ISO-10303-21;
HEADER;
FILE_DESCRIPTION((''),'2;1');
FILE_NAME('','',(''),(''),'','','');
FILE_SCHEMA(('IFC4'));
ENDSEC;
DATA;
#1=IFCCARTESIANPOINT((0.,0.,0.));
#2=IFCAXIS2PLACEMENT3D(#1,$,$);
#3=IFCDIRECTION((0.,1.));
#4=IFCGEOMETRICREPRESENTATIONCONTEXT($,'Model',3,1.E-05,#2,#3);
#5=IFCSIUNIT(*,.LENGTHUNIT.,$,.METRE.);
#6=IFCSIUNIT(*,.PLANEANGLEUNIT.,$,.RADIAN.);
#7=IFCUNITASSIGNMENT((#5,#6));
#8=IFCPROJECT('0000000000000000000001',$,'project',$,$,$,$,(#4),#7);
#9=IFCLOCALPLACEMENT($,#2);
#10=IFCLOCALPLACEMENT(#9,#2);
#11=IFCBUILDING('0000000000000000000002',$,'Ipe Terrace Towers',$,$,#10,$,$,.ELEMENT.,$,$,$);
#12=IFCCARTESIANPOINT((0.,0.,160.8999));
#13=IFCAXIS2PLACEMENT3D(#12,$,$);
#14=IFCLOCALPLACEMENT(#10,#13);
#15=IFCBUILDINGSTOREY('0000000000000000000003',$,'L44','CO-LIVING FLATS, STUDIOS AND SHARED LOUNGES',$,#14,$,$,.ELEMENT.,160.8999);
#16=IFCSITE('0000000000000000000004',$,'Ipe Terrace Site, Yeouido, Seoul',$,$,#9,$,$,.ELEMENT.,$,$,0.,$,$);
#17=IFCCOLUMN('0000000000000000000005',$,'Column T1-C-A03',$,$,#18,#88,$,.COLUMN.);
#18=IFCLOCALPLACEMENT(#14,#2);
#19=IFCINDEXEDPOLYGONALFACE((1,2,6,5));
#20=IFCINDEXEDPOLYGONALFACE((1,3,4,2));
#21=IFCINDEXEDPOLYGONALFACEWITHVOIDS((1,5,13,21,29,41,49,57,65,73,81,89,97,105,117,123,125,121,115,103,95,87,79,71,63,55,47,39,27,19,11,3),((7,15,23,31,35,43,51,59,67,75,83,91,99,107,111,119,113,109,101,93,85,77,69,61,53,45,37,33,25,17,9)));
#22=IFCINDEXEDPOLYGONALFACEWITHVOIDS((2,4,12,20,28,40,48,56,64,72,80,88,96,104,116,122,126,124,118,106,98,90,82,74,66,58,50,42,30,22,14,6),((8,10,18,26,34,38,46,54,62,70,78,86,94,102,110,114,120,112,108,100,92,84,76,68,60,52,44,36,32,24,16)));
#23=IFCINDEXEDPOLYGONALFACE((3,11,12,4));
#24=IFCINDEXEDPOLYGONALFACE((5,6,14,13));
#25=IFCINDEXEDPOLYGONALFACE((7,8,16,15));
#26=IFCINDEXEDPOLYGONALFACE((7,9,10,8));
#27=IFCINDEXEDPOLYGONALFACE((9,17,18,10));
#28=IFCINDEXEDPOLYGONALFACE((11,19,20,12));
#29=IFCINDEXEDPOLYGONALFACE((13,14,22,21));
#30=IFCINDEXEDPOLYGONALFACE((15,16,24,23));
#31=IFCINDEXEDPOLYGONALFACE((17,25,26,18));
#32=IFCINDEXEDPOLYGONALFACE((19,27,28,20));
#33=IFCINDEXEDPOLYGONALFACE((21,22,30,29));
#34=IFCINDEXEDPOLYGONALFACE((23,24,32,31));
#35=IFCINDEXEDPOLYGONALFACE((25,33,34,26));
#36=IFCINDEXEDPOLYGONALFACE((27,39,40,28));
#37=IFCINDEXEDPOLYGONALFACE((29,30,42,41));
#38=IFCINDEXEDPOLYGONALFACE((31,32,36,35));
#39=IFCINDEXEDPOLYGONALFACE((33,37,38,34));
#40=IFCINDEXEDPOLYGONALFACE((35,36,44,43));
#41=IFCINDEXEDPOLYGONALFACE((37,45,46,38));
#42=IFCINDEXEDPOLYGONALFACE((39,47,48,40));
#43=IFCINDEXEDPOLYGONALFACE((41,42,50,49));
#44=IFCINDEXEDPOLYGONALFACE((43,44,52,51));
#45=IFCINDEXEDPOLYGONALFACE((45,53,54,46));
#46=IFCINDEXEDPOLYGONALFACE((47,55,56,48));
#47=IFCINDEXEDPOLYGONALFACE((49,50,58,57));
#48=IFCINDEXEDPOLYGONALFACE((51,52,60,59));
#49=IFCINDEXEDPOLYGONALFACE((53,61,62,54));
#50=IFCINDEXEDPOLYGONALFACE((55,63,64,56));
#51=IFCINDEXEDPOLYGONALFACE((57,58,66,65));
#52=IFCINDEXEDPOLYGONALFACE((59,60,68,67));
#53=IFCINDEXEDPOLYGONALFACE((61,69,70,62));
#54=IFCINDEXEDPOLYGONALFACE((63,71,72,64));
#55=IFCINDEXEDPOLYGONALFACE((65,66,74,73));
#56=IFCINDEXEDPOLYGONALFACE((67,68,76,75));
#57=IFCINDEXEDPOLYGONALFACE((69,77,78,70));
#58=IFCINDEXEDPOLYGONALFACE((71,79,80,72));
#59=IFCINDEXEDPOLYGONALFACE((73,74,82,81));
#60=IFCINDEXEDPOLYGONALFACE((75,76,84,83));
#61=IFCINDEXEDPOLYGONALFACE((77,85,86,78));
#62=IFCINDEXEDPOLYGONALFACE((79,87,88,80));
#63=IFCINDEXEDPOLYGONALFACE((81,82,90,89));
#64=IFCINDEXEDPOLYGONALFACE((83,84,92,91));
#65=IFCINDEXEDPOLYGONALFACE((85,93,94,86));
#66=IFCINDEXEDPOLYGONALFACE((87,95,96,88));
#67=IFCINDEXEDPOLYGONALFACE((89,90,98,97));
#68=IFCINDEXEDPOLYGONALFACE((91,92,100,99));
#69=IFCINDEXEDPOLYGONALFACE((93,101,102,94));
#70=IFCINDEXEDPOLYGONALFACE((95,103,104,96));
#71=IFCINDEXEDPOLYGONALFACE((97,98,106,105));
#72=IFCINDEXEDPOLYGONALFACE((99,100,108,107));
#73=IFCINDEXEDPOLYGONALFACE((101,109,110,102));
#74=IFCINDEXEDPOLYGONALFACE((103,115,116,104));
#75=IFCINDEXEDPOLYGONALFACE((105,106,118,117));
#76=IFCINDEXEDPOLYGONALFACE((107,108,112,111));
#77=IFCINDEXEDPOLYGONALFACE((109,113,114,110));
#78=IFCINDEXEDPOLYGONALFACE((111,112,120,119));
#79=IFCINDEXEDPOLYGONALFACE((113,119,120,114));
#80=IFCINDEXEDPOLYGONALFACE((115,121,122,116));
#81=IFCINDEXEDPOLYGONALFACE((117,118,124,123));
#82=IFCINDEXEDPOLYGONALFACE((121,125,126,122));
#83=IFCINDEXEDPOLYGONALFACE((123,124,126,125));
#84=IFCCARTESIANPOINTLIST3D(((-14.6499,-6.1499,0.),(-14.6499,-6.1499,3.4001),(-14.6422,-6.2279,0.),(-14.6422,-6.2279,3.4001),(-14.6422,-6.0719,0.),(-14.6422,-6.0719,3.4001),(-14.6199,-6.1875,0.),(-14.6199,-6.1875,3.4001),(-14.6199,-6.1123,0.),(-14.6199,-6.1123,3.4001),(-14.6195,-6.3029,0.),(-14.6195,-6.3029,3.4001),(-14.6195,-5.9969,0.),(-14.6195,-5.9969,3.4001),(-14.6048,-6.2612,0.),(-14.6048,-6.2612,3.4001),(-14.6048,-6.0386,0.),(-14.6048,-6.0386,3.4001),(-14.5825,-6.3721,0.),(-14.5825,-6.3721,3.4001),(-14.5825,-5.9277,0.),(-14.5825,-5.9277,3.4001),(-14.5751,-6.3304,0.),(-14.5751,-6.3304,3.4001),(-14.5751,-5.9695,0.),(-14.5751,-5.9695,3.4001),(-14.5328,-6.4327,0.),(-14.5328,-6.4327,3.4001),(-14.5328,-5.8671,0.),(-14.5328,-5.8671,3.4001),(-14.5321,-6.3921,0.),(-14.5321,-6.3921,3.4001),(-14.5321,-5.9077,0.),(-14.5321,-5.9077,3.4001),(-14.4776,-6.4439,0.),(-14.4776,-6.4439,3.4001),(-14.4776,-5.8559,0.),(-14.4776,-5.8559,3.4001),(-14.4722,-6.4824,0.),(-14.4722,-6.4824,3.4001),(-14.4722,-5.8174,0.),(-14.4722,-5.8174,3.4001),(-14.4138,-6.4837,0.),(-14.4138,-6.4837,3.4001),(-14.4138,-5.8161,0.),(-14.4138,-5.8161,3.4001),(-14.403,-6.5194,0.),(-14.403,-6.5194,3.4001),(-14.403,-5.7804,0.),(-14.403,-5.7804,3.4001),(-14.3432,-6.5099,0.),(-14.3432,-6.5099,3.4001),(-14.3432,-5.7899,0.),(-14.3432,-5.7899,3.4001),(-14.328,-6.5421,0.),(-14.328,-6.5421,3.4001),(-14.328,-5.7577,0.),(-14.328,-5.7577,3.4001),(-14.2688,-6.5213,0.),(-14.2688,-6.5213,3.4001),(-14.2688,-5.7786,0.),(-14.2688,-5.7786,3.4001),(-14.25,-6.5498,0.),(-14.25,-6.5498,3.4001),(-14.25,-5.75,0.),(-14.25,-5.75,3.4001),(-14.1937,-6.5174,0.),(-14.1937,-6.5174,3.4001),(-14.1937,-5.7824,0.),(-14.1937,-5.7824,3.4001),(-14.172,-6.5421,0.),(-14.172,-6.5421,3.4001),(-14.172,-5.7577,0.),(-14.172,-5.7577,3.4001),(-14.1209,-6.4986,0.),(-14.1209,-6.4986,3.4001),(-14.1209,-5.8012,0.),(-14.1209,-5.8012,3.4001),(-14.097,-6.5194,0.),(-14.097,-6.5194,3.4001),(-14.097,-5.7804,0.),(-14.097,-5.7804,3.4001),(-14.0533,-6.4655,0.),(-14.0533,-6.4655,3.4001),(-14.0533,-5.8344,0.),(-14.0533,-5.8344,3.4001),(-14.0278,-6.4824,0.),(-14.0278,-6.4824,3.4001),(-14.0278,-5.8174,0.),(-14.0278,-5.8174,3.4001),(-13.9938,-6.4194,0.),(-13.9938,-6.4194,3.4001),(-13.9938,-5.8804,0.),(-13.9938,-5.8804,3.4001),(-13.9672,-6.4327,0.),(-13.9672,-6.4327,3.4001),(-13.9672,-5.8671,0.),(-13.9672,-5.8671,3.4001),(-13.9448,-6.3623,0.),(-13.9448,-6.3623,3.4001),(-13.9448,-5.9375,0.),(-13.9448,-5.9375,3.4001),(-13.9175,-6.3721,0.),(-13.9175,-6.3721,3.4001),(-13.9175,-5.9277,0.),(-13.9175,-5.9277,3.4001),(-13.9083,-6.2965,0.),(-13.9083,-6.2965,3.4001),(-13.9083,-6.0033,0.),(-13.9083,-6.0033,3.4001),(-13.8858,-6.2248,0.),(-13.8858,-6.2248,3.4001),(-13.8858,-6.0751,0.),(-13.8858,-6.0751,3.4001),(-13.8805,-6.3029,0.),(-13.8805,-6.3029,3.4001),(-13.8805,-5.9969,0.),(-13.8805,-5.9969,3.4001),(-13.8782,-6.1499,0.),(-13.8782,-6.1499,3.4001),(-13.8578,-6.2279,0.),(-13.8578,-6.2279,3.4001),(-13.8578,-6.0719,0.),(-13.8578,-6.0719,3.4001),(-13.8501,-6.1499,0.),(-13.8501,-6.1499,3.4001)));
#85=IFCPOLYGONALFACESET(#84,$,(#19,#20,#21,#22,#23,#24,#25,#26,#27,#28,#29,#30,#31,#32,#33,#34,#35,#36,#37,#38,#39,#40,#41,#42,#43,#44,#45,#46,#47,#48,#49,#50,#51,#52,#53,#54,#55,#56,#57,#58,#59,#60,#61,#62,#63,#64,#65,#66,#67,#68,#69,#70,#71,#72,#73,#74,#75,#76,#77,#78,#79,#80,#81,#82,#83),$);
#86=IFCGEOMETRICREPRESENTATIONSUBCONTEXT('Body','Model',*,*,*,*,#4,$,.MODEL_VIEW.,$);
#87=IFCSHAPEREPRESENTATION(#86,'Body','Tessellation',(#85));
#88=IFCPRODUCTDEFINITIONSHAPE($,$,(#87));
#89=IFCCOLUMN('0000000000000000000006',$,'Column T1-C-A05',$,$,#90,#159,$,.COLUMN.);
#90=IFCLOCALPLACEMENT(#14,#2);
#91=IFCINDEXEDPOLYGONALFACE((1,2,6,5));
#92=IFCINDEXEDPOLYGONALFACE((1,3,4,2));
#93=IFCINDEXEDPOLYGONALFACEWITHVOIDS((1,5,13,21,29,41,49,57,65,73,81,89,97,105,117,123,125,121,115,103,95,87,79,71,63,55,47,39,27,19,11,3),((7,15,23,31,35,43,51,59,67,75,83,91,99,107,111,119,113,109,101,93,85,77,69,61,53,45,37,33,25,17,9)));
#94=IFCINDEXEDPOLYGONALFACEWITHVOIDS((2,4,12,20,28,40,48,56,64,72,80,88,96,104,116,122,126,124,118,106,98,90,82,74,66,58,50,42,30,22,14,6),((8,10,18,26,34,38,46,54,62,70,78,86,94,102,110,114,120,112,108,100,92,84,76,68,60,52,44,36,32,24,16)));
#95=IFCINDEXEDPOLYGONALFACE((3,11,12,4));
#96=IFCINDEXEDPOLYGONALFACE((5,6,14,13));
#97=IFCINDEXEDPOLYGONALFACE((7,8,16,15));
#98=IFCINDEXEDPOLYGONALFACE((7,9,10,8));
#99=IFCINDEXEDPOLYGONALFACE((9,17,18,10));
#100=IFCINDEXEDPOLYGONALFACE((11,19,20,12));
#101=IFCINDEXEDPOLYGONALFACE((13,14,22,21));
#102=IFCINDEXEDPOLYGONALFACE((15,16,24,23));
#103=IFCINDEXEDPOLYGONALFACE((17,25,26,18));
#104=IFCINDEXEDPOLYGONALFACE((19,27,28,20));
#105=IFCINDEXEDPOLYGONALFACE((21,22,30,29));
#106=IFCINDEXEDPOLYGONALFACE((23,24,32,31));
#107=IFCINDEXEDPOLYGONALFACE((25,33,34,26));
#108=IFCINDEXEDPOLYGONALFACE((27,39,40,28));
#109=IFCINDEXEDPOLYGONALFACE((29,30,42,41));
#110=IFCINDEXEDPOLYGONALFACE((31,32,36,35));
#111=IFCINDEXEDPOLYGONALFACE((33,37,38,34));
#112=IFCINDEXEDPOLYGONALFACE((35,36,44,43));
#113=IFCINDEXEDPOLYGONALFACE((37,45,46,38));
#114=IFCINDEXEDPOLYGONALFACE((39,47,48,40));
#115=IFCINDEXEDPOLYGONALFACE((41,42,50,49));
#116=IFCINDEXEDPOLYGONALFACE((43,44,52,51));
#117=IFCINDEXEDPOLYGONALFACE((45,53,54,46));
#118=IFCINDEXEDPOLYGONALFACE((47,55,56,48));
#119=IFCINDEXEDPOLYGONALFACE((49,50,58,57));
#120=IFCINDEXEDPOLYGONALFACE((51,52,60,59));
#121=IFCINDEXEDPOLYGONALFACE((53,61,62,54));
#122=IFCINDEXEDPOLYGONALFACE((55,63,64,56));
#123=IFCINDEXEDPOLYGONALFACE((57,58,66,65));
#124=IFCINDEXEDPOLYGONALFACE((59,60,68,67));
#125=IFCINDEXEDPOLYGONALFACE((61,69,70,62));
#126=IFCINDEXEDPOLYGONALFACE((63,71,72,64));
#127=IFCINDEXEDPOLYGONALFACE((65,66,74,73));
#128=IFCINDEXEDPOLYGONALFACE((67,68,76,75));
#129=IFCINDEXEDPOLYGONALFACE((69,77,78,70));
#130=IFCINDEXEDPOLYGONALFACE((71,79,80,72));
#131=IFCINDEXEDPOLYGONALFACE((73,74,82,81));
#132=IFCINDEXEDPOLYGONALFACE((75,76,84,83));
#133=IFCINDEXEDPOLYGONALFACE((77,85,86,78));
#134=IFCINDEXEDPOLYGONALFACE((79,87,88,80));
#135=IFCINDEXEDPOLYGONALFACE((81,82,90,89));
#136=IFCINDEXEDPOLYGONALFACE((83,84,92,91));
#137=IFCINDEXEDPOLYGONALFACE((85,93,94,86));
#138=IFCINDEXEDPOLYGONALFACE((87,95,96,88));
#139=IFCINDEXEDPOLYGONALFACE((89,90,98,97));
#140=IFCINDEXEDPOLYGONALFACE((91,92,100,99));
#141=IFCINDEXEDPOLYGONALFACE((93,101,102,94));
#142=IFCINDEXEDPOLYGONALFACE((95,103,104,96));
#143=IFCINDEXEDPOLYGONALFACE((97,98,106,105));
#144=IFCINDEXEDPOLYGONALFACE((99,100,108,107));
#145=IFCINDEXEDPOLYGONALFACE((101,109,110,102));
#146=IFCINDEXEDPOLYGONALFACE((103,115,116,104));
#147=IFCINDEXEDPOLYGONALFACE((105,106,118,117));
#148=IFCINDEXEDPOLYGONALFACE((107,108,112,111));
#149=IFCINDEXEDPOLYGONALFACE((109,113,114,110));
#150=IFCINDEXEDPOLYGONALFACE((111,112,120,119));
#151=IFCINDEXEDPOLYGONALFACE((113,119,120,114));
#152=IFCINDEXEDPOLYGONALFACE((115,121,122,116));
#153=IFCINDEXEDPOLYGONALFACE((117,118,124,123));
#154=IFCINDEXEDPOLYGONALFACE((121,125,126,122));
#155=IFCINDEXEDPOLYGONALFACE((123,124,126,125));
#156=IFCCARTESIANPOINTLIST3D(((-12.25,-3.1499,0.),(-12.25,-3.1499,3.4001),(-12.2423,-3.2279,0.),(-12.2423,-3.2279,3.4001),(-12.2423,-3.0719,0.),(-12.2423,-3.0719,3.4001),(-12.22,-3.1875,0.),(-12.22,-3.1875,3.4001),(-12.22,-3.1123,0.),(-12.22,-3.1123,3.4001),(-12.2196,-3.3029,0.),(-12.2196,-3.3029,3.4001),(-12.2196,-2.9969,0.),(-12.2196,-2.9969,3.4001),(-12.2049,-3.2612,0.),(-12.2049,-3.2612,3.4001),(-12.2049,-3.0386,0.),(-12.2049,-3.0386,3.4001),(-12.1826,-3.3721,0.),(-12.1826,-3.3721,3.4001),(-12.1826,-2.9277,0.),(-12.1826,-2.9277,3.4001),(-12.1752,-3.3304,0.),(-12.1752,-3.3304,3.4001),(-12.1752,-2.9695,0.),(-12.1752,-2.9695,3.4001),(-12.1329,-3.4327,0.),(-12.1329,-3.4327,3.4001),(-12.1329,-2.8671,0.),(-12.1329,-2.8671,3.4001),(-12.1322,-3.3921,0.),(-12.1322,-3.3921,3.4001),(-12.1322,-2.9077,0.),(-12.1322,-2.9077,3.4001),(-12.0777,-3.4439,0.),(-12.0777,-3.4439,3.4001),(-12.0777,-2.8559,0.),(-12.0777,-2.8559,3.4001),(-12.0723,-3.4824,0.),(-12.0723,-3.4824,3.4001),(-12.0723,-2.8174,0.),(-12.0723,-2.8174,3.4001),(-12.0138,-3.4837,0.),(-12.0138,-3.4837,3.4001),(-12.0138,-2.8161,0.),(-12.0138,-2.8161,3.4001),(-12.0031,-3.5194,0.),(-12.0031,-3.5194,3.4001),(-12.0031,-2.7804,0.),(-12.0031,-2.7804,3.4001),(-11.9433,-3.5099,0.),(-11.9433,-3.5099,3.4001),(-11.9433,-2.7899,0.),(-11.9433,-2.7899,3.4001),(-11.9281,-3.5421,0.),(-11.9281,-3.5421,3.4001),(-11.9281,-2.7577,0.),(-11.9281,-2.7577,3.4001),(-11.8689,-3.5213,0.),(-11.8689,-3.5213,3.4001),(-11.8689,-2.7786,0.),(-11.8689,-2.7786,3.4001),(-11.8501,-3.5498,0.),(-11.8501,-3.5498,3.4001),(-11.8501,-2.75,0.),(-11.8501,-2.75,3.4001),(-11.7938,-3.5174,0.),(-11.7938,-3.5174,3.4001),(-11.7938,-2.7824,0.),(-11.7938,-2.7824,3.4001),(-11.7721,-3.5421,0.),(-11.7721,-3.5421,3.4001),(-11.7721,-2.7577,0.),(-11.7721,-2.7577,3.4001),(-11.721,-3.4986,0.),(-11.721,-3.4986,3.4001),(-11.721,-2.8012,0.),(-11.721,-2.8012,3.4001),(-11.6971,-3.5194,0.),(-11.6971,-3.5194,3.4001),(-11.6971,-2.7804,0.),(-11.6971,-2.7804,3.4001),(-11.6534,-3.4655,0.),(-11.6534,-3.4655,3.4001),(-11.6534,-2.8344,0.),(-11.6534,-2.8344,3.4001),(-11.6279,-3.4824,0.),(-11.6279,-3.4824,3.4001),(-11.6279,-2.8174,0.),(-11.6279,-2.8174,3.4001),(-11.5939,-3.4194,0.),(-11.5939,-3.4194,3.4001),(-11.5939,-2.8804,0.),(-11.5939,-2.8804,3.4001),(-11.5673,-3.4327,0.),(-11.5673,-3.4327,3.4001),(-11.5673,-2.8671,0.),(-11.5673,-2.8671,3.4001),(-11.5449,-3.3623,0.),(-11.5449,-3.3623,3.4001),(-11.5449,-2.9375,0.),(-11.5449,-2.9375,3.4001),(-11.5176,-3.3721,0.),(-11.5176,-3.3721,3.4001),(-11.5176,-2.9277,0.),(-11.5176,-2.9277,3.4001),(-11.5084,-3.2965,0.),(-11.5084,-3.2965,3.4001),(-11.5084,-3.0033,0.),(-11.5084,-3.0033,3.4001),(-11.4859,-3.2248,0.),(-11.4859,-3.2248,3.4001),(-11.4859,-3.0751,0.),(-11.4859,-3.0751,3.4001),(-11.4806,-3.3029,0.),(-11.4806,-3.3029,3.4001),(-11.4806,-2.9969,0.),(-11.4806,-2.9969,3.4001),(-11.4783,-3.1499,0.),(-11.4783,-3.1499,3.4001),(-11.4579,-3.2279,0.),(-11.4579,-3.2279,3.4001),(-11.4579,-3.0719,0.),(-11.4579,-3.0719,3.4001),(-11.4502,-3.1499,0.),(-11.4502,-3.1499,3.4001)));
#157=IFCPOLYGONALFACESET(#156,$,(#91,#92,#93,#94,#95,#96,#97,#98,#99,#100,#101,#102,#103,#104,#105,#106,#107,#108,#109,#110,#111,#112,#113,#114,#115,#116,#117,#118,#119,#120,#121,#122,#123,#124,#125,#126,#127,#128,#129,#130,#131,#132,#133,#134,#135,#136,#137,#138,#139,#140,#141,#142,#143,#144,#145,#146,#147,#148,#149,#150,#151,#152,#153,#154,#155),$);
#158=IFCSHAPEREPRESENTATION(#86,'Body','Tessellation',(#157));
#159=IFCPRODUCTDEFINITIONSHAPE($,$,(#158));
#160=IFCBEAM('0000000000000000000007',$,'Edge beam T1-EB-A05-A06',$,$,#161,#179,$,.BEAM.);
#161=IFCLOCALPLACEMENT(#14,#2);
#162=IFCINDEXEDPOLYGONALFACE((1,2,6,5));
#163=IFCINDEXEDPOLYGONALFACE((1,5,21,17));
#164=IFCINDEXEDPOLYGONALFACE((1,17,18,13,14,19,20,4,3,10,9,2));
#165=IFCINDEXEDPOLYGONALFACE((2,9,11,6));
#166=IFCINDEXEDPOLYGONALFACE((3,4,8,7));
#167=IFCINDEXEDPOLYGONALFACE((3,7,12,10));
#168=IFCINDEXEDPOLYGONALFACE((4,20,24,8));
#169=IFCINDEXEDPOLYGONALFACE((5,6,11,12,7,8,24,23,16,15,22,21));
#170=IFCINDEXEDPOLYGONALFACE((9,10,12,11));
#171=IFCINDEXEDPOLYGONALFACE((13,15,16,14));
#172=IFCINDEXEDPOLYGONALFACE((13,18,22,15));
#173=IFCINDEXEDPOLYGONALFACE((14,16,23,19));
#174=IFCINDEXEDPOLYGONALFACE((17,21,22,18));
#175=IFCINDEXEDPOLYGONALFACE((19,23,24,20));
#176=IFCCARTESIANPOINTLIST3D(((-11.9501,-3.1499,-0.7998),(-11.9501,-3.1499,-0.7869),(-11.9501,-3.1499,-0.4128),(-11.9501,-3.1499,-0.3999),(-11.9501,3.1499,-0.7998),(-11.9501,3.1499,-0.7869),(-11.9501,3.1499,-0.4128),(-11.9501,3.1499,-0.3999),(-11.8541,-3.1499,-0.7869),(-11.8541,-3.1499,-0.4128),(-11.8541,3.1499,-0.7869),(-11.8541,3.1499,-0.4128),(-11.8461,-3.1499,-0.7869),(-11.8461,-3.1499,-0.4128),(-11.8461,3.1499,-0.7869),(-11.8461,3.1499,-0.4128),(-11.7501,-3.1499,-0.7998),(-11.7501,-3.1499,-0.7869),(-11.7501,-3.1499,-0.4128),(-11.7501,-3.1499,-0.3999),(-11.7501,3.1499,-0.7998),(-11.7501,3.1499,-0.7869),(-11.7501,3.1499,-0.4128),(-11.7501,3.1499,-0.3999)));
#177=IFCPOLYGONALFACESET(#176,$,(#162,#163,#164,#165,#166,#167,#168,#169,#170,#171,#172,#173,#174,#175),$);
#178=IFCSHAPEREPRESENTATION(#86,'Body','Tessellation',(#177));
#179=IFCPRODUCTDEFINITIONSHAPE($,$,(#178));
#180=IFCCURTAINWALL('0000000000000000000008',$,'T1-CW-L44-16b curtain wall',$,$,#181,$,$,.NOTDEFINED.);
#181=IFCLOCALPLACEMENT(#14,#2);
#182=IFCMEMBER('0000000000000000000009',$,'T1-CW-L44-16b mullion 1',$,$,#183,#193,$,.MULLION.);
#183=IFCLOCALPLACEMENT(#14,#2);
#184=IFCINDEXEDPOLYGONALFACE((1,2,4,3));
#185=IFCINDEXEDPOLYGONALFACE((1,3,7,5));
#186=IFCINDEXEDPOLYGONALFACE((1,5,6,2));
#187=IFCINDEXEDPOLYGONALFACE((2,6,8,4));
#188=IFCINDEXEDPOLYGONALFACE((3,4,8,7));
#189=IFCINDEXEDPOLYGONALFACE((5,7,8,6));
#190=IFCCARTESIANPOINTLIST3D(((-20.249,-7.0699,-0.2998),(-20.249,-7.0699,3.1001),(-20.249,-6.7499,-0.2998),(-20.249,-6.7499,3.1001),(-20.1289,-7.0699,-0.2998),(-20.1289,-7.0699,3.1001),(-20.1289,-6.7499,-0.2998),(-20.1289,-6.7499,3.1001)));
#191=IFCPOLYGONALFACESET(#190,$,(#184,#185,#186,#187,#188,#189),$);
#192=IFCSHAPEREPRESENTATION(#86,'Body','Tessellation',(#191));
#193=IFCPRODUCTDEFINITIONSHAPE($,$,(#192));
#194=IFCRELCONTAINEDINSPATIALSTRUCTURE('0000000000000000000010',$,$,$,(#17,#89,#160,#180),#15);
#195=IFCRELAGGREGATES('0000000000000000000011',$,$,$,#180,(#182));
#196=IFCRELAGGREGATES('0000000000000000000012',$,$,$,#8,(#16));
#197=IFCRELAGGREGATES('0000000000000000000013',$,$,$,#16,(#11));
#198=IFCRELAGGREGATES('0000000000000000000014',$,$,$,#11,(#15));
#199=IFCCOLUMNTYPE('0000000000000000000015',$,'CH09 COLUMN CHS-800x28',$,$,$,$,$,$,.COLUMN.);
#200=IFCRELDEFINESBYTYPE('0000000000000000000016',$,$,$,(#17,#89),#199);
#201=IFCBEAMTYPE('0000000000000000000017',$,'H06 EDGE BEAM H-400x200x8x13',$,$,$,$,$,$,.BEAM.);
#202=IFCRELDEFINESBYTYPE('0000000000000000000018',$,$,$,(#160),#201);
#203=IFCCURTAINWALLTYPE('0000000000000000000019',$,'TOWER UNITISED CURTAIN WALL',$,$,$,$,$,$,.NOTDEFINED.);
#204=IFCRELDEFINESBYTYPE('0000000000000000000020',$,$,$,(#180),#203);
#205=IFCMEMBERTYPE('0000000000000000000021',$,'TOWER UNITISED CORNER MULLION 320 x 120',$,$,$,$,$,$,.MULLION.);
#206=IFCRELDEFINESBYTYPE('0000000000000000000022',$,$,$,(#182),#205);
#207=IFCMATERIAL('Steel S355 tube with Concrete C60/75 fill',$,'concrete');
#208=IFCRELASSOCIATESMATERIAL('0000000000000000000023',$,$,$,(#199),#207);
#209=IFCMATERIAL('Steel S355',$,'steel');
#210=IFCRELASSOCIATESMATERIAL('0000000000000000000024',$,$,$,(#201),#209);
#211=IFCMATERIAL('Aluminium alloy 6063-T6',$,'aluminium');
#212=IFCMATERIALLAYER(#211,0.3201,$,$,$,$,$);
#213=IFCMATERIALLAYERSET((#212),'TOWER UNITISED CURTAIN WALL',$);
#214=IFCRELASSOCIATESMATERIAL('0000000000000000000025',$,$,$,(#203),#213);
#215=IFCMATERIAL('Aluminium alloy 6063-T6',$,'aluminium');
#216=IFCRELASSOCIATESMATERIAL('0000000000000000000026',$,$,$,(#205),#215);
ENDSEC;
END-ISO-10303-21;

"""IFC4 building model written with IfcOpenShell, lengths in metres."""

from ifc_helpers import new_model, si_unit, direction, frame, origin, origin_2d, place, context, subcontext, project, spatial, rectangle, hollow_circle, i_section, extrude, material, layer, layer_set, material_profile, profile_set, type_object, element, aggregate, save


model = new_model("IFC4")

# Units and contexts
model_context = context("Model", 3, precision=1e-05, world=origin(), true_north=direction((0.0, 1.0)))
body_context = subcontext(model_context, "Body", "Model", "MODEL_VIEW")
ifc_project = project(units=[si_unit("LENGTHUNIT", "METRE"), si_unit("PLANEANGLEUNIT", "RADIAN")], contexts=[model_context])

# Site, building, storey
site_placement = place(None, origin())
site = spatial("IfcSite", under=ifc_project, at=site_placement, Name="Ipe Terrace Site, Yeouido, Seoul", CompositionType="ELEMENT", RefElevation=0.0)
building_placement = place(site_placement, origin())
building = spatial("IfcBuilding", under=site, at=building_placement, Name="Ipe Terrace Towers", CompositionType="ELEMENT")
storey_placement = place(building_placement, frame((0.0, 0.0, 160.8999)))
storey = spatial("IfcBuildingStorey", under=building, at=storey_placement, Name="L44", Description="CO-LIVING FLATS, STUDIOS AND SHARED LOUNGES", CompositionType="ELEMENT", Elevation=160.8999)

# Columns
ifc_material_1 = material(Name="Steel S355 tube with Concrete C60/75 fill", Category="concrete")
ifc_material_profile_1 = material_profile(ifc_material_1, hollow_circle(Radius=0.3999, WallThickness=0.0281, at=origin_2d()), Name="CHS-800x28")
ifc_profile_set_1 = profile_set([ifc_material_profile_1], Name="Steel S355 tube with Concrete C60/75 fill")
column_type = type_object("IfcColumnType", Name="CH09 COLUMN CHS-800x28", PredefinedType="COLUMN", material=ifc_profile_set_1)
for number, where, z_axis, x_axis, name in (
    (1, (-14.25, -6.1499, 0.0), (0.0, 0.0, 1.0), (1.0, 0.0, 0.0), "Column T1-C-A03"),
    (2, (-11.8501, -3.1499, 0.0), (0.0, 0.0, 1.0), (1.0, 0.0, 0.0), "Column T1-C-A05"),
):
    element("IfcColumn", number, at=place(storey_placement, frame(where, z_axis=z_axis, x_axis=x_axis)), inside=storey, type_object=column_type, Name=name, PredefinedType="COLUMN", context=body_context, shape_type="SweptSolid", body=[
        extrude(hollow_circle(Radius=0.3999, WallThickness=0.0281, at=origin_2d()), origin(), (0.0, 0.0, 1.0), 3.4001),
    ])

# Beam
ifc_material_2 = material(Name="Steel S355", Category="steel")
ifc_material_profile_2 = material_profile(ifc_material_2, i_section(OverallWidth=0.2, OverallDepth=0.3999, WebThickness=0.0081, FlangeThickness=0.0129, at=origin_2d()), Name="H-400x200x8x13")
ifc_profile_set_2 = profile_set([ifc_material_profile_2], Name="Steel S355")
beam_type = type_object("IfcBeamType", Name="H06 EDGE BEAM H-400x200x8x13", PredefinedType="BEAM", material=ifc_profile_set_2)
beam_placement = place(storey_placement, frame((-11.8501, -3.1499, -0.5999), z_axis=(0.0, 1.0, 0.0), x_axis=(-1.0, 0.0, 0.0)))
element("IfcBeam", 3, at=beam_placement, inside=storey, type_object=beam_type, Name="Edge beam T1-EB-A05-A06", PredefinedType="BEAM", context=body_context, shape_type="SweptSolid", body=[
    extrude(i_section(OverallWidth=0.2, OverallDepth=0.3999, WebThickness=0.0081, FlangeThickness=0.0129, at=origin_2d()), origin(), (0.0, 0.0, 1.0), 6.2998),
])

# Curtain wall, member
ifc_material_3 = material(Name="Aluminium alloy 6063-T6", Category="aluminium")
ifc_layer_1 = layer(ifc_material_3, 0.3201)
ifc_layer_set_1 = layer_set([ifc_layer_1], Name="TOWER UNITISED CURTAIN WALL")
curtain_wall_type = type_object("IfcCurtainWallType", Name="TOWER UNITISED CURTAIN WALL", PredefinedType="NOTDEFINED", material=ifc_layer_set_1)
curtain_wall_1_placement = place(storey_placement, origin())
curtain_wall_1 = element("IfcCurtainWall", 4, at=curtain_wall_1_placement, inside=storey, type_object=curtain_wall_type, Name="T1-CW-L44-16b curtain wall", PredefinedType="NOTDEFINED")
ifc_material_4 = material(Name="Aluminium alloy 6063-T6", Category="aluminium")
ifc_material_profile_3 = material_profile(ifc_material_4, rectangle(XDim=0.3201, YDim=0.1201, at=origin_2d()), Name="TOWER UNITISED CORNER MULLION 320 x 120")
ifc_profile_set_3 = profile_set([ifc_material_profile_3], Name="Aluminium alloy 6063-T6")
member_type_1 = type_object("IfcMemberType", Name="TOWER UNITISED CORNER MULLION 320 x 120", PredefinedType="MULLION", material=ifc_profile_set_3)
member_1_placement = place(storey_placement, frame((-20.189, -6.9099, -0.2998), z_axis=(0.0, 0.0, 1.0), x_axis=(0.0, -1.0, 0.0)))
member_1 = element("IfcMember", 5, at=member_1_placement, type_object=member_type_1, Name="T1-CW-L44-16b mullion 1", PredefinedType="MULLION", context=body_context, shape_type="SweptSolid", body=[
    extrude(rectangle(XDim=0.3201, YDim=0.1201, at=origin_2d()), origin(), (0.0, 0.0, 1.0), 3.3999),
])

aggregate(curtain_wall_1, [member_1])

save(model, "model.ifc")
